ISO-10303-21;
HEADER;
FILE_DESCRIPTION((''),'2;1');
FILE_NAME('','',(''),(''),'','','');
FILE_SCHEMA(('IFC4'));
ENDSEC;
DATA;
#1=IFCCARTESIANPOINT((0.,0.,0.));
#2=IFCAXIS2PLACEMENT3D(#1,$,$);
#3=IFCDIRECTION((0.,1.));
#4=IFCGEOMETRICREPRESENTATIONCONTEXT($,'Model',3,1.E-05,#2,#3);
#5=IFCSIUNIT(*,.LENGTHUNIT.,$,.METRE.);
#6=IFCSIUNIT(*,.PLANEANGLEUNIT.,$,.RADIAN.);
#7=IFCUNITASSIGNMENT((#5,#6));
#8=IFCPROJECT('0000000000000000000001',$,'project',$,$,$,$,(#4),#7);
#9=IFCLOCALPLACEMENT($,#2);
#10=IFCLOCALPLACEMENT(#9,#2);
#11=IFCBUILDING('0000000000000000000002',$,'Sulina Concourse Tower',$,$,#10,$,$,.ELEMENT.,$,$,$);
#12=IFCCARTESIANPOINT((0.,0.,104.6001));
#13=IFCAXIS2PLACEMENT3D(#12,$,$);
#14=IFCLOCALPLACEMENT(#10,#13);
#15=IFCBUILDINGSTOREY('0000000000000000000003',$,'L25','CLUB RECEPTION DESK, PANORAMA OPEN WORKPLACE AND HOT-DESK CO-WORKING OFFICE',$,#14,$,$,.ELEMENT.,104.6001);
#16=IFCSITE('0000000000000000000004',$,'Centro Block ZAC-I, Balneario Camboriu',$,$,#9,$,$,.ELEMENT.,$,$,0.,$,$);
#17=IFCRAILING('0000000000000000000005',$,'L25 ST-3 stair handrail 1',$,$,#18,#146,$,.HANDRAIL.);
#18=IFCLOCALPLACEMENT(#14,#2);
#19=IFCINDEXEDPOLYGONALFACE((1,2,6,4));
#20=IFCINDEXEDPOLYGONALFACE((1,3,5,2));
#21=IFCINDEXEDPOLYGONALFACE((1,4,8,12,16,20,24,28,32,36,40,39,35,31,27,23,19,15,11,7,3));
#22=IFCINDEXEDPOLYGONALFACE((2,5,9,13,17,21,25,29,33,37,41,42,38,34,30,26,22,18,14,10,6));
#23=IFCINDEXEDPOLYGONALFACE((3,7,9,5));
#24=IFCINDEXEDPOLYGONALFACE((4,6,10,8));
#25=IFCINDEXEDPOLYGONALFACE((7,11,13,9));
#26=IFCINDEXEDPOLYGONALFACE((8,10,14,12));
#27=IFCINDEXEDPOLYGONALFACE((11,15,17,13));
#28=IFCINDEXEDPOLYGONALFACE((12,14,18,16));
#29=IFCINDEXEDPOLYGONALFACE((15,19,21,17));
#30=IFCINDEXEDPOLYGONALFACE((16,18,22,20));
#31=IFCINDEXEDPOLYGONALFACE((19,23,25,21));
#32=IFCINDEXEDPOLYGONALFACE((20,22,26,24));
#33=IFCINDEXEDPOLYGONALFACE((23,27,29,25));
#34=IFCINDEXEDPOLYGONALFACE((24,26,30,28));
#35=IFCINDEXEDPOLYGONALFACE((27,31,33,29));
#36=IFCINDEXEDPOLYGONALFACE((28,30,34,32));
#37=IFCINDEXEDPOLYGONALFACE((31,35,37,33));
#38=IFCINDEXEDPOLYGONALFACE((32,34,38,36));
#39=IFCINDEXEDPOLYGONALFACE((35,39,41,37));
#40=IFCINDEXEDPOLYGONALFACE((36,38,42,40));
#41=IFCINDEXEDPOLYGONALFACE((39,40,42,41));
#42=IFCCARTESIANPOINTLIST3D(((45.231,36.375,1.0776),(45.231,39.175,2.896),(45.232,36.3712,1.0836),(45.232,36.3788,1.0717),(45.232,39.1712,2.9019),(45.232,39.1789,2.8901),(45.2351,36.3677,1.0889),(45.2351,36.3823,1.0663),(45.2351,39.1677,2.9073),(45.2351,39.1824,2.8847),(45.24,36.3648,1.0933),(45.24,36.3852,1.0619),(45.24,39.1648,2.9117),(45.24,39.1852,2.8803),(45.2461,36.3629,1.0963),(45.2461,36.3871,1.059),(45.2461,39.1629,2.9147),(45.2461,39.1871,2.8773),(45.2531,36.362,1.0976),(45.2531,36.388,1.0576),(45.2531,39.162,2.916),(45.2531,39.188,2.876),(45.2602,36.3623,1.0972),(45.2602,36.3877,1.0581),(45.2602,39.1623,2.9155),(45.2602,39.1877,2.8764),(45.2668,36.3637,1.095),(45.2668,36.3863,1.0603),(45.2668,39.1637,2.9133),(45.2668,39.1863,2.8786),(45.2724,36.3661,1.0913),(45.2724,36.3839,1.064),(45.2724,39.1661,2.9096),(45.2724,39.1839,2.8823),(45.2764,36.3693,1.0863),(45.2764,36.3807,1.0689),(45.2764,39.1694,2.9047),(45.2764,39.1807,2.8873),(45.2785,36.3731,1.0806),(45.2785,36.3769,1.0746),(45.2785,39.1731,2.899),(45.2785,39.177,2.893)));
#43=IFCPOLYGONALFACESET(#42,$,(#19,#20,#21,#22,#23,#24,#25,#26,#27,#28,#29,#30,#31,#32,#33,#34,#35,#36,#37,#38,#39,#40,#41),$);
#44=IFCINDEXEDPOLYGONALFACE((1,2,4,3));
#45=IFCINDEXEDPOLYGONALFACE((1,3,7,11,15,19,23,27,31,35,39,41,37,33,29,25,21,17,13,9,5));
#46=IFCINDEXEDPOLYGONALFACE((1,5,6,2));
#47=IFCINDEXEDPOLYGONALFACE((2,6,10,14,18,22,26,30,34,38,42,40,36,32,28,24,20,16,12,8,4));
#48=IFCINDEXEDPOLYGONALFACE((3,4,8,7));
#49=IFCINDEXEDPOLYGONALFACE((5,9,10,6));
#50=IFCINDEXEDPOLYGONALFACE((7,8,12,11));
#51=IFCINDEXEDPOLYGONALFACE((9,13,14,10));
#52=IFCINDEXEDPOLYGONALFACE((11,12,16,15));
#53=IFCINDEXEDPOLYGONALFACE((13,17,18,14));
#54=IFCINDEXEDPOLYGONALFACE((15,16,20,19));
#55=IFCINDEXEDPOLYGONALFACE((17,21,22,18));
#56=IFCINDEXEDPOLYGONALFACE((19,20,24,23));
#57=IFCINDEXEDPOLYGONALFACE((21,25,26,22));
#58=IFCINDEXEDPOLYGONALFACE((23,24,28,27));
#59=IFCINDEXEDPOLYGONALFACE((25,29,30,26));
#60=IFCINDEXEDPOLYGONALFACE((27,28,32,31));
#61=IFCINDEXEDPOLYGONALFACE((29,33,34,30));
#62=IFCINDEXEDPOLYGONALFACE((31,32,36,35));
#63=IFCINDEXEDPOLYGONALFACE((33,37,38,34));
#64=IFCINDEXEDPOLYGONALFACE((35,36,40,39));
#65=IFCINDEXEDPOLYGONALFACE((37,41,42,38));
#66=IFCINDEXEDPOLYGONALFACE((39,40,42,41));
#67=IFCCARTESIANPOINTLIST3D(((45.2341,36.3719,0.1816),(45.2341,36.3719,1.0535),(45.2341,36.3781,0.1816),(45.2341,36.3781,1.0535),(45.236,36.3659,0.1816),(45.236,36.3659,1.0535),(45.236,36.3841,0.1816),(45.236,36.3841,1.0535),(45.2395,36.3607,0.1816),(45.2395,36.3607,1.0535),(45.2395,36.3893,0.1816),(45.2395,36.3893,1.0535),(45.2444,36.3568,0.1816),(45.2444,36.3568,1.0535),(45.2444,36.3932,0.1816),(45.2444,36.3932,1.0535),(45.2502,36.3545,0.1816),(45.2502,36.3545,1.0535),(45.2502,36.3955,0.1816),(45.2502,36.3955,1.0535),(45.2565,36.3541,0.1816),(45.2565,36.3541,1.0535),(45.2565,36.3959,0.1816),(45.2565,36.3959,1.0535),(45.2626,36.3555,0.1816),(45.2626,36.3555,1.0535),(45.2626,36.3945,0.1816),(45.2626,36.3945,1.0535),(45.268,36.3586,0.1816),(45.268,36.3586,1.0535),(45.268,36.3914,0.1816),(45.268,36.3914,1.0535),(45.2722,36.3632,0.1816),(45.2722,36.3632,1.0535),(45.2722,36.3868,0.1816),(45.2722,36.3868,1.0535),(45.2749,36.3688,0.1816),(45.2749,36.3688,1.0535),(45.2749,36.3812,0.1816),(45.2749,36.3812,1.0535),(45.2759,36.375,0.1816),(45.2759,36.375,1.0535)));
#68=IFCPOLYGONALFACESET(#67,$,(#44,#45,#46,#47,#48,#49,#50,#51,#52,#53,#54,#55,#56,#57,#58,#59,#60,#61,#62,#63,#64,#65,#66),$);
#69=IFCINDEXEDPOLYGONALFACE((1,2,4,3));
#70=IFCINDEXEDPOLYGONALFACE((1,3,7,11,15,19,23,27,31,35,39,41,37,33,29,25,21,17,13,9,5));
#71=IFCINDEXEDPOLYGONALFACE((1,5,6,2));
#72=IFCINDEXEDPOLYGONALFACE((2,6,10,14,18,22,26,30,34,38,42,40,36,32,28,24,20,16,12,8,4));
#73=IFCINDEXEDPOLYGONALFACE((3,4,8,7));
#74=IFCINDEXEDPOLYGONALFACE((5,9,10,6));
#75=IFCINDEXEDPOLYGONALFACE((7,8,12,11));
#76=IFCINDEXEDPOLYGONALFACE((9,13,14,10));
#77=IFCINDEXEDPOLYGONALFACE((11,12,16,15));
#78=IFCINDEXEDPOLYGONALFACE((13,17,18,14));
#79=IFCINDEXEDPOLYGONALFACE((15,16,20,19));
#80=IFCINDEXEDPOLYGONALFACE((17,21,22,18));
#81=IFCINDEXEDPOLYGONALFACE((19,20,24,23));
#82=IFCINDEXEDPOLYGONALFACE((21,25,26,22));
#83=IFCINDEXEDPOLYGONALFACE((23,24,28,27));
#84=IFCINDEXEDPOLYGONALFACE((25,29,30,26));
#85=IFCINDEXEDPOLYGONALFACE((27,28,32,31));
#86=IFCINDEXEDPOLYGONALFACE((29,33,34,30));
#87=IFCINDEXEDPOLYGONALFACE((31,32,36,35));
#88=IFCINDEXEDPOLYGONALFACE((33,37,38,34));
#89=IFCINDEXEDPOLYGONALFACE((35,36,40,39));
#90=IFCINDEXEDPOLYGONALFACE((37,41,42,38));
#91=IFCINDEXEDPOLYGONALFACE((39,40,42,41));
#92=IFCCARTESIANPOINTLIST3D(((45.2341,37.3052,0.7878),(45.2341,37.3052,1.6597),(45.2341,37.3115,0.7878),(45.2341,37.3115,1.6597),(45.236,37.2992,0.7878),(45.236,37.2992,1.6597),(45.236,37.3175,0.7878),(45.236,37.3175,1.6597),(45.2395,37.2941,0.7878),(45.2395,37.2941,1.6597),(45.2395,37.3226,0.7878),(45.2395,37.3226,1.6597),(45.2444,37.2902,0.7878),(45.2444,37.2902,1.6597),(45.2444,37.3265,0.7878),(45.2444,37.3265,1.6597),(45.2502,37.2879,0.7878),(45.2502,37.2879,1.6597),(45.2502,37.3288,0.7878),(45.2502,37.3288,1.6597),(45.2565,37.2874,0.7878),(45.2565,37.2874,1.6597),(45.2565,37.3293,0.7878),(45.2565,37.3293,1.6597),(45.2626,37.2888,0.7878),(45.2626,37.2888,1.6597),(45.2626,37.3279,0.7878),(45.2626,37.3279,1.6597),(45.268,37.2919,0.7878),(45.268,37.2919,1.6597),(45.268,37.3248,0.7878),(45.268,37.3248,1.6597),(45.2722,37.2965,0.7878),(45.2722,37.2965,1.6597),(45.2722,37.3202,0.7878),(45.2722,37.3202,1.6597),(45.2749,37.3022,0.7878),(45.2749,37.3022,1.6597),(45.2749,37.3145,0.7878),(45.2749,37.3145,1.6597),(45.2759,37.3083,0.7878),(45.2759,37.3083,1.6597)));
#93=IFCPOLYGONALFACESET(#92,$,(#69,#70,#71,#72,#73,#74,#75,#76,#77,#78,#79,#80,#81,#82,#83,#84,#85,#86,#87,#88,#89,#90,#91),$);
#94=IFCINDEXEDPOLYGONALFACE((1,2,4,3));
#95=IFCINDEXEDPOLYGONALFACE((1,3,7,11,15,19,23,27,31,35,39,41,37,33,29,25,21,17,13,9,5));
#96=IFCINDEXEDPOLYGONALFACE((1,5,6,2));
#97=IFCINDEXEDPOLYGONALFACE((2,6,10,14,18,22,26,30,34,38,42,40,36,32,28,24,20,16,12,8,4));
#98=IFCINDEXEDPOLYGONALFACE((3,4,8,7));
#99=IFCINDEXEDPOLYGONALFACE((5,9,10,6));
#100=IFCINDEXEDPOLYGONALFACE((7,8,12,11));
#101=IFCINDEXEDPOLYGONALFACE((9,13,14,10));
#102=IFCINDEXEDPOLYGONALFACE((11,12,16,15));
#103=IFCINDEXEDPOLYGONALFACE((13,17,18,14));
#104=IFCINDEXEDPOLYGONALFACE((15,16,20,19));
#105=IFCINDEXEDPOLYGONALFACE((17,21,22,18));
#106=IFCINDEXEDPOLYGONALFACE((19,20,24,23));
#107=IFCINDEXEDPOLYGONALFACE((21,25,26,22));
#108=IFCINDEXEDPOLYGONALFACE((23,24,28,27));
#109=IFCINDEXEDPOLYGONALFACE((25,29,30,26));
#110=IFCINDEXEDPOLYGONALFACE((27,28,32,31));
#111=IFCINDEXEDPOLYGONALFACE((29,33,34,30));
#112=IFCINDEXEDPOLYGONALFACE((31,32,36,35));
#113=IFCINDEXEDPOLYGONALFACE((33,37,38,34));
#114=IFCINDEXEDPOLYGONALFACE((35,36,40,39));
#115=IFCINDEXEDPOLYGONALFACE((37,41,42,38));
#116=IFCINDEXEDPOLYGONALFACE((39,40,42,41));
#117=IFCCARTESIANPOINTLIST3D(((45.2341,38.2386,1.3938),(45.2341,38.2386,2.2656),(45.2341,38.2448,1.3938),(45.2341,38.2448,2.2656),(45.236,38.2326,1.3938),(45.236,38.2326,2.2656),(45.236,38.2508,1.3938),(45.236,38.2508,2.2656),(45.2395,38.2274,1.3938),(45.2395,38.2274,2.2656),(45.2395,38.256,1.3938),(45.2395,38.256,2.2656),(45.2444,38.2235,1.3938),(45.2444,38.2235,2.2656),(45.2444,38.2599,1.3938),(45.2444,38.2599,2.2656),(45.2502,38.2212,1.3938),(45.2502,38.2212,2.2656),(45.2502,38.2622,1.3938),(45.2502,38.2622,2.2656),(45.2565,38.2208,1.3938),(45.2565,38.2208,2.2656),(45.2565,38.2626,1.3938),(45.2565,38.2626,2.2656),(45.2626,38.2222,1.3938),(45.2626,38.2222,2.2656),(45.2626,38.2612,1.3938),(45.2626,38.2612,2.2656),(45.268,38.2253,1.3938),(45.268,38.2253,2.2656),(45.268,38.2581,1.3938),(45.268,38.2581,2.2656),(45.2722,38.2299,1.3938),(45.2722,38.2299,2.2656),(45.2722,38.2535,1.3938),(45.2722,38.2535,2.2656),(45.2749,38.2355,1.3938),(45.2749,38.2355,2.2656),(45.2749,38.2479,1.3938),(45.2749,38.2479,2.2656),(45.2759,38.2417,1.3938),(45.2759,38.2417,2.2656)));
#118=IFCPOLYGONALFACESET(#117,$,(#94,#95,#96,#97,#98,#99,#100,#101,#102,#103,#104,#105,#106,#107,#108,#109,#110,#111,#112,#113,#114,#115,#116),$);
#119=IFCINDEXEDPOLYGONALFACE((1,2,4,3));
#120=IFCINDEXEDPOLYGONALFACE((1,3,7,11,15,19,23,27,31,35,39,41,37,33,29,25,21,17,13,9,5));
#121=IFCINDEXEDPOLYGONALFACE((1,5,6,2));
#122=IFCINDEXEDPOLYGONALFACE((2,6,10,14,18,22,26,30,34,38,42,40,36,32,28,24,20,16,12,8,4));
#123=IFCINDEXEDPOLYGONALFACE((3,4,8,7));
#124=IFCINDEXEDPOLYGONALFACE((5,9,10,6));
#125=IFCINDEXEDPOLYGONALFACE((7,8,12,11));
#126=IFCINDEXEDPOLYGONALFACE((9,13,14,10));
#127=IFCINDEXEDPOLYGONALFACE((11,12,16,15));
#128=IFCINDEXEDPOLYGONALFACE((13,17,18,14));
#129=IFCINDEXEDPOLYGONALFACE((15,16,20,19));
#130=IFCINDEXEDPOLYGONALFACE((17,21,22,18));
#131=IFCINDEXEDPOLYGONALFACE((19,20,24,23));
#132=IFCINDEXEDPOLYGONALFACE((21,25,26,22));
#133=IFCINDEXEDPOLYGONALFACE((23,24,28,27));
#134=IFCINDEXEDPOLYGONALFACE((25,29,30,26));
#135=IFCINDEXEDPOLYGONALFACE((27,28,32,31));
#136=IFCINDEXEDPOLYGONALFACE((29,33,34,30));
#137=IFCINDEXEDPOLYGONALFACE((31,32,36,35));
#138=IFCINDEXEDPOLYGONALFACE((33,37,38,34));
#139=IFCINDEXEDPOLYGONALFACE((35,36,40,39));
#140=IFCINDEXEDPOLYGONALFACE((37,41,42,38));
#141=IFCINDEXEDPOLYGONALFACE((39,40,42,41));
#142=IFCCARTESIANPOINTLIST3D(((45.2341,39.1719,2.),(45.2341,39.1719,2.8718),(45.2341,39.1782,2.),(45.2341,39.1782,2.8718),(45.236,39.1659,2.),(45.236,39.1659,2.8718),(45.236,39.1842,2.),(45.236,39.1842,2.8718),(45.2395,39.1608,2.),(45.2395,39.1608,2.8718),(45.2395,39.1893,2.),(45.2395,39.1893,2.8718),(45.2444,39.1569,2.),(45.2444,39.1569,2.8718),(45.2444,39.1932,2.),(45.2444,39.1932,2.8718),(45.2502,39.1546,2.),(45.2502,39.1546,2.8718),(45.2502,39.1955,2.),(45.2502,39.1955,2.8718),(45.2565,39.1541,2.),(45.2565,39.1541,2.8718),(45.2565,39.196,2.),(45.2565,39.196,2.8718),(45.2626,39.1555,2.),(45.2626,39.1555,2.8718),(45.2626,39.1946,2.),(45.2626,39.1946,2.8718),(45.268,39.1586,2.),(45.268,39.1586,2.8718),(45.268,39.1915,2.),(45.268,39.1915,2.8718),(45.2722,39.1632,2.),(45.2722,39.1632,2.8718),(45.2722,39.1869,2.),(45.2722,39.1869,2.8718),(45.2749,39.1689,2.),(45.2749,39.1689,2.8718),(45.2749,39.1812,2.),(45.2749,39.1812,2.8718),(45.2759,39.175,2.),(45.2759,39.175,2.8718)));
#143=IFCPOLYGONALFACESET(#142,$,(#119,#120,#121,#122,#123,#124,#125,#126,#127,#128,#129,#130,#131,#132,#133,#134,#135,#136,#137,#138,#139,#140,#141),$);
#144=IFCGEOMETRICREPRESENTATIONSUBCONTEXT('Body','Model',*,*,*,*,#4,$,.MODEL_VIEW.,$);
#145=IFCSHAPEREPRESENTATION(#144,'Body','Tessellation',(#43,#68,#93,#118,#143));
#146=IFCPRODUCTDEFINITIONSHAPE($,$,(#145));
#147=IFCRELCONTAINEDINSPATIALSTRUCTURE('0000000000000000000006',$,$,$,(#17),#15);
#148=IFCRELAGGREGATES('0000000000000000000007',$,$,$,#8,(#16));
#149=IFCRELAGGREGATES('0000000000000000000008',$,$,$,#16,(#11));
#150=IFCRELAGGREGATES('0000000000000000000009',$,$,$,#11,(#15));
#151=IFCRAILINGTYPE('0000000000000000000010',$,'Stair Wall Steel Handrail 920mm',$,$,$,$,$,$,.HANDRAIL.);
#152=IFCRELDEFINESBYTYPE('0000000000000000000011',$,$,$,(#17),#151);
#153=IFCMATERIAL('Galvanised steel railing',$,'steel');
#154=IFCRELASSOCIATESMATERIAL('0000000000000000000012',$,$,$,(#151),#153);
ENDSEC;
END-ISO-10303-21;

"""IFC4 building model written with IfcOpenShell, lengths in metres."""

from ifc_helpers import new_model, si_unit, direction, frame, origin, origin_2d, place, context, subcontext, project, spatial, circle, extrude, material, type_object, element, save


model = new_model("IFC4")

# Units and contexts
model_context = context("Model", 3, precision=1e-05, world=origin(), true_north=direction((0.0, 1.0)))
body_context = subcontext(model_context, "Body", "Model", "MODEL_VIEW")
ifc_project = project(units=[si_unit("LENGTHUNIT", "METRE"), si_unit("PLANEANGLEUNIT", "RADIAN")], contexts=[model_context])

# Site, building, storey
site_placement = place(None, origin())
site = spatial("IfcSite", under=ifc_project, at=site_placement, Name="Centro Block ZAC-I, Balneario Camboriu", CompositionType="ELEMENT", RefElevation=0.0)
building_placement = place(site_placement, origin())
building = spatial("IfcBuilding", under=site, at=building_placement, Name="Sulina Concourse Tower", CompositionType="ELEMENT")
storey_placement = place(building_placement, frame((0.0, 0.0, 104.6001)))
storey = spatial("IfcBuildingStorey", under=building, at=storey_placement, Name="L25", Description="CLUB RECEPTION DESK, PANORAMA OPEN WORKPLACE AND HOT-DESK CO-WORKING OFFICE", CompositionType="ELEMENT", Elevation=104.6001)

# Railing
ifc_material_1 = material(Name="Galvanised steel railing", Category="steel")
railing_type_1 = type_object("IfcRailingType", Name="Stair Wall Steel Handrail 920mm", PredefinedType="HANDRAIL", material=ifc_material_1)
railing_1_placement = place(storey_placement, frame((45.2549, 36.375, 0.1816)))
element("IfcRailing", 1, at=railing_1_placement, inside=storey, type_object=railing_type_1, Name="L25 ST-3 stair handrail 1", PredefinedType="HANDRAIL", context=body_context, shape_type="SweptSolid", body=[
    extrude(circle(Radius=0.0239, at=origin_2d()), frame((0.0, 0.0, 0.896), z_axis=(0.0, 0.838672, 0.544636), x_axis=(-1.0, 0.0, 0.0)), (0.0, 0.0, 1.0), 3.3386),
    extrude(circle(Radius=0.021, at=origin_2d()), origin(), (0.0, 0.0, 1.0), 0.8718),
    extrude(circle(Radius=0.021, at=origin_2d()), frame((0.0, 0.9333, 0.6062)), (0.0, 0.0, 1.0), 0.8718),
    extrude(circle(Radius=0.021, at=origin_2d()), frame((0.0, 1.8667, 1.2122)), (0.0, 0.0, 1.0), 0.8718),
    extrude(circle(Radius=0.021, at=origin_2d()), frame((0.0, 2.8, 1.8184)), (0.0, 0.0, 1.0), 0.8718),
])

save(model, "model.ifc")
